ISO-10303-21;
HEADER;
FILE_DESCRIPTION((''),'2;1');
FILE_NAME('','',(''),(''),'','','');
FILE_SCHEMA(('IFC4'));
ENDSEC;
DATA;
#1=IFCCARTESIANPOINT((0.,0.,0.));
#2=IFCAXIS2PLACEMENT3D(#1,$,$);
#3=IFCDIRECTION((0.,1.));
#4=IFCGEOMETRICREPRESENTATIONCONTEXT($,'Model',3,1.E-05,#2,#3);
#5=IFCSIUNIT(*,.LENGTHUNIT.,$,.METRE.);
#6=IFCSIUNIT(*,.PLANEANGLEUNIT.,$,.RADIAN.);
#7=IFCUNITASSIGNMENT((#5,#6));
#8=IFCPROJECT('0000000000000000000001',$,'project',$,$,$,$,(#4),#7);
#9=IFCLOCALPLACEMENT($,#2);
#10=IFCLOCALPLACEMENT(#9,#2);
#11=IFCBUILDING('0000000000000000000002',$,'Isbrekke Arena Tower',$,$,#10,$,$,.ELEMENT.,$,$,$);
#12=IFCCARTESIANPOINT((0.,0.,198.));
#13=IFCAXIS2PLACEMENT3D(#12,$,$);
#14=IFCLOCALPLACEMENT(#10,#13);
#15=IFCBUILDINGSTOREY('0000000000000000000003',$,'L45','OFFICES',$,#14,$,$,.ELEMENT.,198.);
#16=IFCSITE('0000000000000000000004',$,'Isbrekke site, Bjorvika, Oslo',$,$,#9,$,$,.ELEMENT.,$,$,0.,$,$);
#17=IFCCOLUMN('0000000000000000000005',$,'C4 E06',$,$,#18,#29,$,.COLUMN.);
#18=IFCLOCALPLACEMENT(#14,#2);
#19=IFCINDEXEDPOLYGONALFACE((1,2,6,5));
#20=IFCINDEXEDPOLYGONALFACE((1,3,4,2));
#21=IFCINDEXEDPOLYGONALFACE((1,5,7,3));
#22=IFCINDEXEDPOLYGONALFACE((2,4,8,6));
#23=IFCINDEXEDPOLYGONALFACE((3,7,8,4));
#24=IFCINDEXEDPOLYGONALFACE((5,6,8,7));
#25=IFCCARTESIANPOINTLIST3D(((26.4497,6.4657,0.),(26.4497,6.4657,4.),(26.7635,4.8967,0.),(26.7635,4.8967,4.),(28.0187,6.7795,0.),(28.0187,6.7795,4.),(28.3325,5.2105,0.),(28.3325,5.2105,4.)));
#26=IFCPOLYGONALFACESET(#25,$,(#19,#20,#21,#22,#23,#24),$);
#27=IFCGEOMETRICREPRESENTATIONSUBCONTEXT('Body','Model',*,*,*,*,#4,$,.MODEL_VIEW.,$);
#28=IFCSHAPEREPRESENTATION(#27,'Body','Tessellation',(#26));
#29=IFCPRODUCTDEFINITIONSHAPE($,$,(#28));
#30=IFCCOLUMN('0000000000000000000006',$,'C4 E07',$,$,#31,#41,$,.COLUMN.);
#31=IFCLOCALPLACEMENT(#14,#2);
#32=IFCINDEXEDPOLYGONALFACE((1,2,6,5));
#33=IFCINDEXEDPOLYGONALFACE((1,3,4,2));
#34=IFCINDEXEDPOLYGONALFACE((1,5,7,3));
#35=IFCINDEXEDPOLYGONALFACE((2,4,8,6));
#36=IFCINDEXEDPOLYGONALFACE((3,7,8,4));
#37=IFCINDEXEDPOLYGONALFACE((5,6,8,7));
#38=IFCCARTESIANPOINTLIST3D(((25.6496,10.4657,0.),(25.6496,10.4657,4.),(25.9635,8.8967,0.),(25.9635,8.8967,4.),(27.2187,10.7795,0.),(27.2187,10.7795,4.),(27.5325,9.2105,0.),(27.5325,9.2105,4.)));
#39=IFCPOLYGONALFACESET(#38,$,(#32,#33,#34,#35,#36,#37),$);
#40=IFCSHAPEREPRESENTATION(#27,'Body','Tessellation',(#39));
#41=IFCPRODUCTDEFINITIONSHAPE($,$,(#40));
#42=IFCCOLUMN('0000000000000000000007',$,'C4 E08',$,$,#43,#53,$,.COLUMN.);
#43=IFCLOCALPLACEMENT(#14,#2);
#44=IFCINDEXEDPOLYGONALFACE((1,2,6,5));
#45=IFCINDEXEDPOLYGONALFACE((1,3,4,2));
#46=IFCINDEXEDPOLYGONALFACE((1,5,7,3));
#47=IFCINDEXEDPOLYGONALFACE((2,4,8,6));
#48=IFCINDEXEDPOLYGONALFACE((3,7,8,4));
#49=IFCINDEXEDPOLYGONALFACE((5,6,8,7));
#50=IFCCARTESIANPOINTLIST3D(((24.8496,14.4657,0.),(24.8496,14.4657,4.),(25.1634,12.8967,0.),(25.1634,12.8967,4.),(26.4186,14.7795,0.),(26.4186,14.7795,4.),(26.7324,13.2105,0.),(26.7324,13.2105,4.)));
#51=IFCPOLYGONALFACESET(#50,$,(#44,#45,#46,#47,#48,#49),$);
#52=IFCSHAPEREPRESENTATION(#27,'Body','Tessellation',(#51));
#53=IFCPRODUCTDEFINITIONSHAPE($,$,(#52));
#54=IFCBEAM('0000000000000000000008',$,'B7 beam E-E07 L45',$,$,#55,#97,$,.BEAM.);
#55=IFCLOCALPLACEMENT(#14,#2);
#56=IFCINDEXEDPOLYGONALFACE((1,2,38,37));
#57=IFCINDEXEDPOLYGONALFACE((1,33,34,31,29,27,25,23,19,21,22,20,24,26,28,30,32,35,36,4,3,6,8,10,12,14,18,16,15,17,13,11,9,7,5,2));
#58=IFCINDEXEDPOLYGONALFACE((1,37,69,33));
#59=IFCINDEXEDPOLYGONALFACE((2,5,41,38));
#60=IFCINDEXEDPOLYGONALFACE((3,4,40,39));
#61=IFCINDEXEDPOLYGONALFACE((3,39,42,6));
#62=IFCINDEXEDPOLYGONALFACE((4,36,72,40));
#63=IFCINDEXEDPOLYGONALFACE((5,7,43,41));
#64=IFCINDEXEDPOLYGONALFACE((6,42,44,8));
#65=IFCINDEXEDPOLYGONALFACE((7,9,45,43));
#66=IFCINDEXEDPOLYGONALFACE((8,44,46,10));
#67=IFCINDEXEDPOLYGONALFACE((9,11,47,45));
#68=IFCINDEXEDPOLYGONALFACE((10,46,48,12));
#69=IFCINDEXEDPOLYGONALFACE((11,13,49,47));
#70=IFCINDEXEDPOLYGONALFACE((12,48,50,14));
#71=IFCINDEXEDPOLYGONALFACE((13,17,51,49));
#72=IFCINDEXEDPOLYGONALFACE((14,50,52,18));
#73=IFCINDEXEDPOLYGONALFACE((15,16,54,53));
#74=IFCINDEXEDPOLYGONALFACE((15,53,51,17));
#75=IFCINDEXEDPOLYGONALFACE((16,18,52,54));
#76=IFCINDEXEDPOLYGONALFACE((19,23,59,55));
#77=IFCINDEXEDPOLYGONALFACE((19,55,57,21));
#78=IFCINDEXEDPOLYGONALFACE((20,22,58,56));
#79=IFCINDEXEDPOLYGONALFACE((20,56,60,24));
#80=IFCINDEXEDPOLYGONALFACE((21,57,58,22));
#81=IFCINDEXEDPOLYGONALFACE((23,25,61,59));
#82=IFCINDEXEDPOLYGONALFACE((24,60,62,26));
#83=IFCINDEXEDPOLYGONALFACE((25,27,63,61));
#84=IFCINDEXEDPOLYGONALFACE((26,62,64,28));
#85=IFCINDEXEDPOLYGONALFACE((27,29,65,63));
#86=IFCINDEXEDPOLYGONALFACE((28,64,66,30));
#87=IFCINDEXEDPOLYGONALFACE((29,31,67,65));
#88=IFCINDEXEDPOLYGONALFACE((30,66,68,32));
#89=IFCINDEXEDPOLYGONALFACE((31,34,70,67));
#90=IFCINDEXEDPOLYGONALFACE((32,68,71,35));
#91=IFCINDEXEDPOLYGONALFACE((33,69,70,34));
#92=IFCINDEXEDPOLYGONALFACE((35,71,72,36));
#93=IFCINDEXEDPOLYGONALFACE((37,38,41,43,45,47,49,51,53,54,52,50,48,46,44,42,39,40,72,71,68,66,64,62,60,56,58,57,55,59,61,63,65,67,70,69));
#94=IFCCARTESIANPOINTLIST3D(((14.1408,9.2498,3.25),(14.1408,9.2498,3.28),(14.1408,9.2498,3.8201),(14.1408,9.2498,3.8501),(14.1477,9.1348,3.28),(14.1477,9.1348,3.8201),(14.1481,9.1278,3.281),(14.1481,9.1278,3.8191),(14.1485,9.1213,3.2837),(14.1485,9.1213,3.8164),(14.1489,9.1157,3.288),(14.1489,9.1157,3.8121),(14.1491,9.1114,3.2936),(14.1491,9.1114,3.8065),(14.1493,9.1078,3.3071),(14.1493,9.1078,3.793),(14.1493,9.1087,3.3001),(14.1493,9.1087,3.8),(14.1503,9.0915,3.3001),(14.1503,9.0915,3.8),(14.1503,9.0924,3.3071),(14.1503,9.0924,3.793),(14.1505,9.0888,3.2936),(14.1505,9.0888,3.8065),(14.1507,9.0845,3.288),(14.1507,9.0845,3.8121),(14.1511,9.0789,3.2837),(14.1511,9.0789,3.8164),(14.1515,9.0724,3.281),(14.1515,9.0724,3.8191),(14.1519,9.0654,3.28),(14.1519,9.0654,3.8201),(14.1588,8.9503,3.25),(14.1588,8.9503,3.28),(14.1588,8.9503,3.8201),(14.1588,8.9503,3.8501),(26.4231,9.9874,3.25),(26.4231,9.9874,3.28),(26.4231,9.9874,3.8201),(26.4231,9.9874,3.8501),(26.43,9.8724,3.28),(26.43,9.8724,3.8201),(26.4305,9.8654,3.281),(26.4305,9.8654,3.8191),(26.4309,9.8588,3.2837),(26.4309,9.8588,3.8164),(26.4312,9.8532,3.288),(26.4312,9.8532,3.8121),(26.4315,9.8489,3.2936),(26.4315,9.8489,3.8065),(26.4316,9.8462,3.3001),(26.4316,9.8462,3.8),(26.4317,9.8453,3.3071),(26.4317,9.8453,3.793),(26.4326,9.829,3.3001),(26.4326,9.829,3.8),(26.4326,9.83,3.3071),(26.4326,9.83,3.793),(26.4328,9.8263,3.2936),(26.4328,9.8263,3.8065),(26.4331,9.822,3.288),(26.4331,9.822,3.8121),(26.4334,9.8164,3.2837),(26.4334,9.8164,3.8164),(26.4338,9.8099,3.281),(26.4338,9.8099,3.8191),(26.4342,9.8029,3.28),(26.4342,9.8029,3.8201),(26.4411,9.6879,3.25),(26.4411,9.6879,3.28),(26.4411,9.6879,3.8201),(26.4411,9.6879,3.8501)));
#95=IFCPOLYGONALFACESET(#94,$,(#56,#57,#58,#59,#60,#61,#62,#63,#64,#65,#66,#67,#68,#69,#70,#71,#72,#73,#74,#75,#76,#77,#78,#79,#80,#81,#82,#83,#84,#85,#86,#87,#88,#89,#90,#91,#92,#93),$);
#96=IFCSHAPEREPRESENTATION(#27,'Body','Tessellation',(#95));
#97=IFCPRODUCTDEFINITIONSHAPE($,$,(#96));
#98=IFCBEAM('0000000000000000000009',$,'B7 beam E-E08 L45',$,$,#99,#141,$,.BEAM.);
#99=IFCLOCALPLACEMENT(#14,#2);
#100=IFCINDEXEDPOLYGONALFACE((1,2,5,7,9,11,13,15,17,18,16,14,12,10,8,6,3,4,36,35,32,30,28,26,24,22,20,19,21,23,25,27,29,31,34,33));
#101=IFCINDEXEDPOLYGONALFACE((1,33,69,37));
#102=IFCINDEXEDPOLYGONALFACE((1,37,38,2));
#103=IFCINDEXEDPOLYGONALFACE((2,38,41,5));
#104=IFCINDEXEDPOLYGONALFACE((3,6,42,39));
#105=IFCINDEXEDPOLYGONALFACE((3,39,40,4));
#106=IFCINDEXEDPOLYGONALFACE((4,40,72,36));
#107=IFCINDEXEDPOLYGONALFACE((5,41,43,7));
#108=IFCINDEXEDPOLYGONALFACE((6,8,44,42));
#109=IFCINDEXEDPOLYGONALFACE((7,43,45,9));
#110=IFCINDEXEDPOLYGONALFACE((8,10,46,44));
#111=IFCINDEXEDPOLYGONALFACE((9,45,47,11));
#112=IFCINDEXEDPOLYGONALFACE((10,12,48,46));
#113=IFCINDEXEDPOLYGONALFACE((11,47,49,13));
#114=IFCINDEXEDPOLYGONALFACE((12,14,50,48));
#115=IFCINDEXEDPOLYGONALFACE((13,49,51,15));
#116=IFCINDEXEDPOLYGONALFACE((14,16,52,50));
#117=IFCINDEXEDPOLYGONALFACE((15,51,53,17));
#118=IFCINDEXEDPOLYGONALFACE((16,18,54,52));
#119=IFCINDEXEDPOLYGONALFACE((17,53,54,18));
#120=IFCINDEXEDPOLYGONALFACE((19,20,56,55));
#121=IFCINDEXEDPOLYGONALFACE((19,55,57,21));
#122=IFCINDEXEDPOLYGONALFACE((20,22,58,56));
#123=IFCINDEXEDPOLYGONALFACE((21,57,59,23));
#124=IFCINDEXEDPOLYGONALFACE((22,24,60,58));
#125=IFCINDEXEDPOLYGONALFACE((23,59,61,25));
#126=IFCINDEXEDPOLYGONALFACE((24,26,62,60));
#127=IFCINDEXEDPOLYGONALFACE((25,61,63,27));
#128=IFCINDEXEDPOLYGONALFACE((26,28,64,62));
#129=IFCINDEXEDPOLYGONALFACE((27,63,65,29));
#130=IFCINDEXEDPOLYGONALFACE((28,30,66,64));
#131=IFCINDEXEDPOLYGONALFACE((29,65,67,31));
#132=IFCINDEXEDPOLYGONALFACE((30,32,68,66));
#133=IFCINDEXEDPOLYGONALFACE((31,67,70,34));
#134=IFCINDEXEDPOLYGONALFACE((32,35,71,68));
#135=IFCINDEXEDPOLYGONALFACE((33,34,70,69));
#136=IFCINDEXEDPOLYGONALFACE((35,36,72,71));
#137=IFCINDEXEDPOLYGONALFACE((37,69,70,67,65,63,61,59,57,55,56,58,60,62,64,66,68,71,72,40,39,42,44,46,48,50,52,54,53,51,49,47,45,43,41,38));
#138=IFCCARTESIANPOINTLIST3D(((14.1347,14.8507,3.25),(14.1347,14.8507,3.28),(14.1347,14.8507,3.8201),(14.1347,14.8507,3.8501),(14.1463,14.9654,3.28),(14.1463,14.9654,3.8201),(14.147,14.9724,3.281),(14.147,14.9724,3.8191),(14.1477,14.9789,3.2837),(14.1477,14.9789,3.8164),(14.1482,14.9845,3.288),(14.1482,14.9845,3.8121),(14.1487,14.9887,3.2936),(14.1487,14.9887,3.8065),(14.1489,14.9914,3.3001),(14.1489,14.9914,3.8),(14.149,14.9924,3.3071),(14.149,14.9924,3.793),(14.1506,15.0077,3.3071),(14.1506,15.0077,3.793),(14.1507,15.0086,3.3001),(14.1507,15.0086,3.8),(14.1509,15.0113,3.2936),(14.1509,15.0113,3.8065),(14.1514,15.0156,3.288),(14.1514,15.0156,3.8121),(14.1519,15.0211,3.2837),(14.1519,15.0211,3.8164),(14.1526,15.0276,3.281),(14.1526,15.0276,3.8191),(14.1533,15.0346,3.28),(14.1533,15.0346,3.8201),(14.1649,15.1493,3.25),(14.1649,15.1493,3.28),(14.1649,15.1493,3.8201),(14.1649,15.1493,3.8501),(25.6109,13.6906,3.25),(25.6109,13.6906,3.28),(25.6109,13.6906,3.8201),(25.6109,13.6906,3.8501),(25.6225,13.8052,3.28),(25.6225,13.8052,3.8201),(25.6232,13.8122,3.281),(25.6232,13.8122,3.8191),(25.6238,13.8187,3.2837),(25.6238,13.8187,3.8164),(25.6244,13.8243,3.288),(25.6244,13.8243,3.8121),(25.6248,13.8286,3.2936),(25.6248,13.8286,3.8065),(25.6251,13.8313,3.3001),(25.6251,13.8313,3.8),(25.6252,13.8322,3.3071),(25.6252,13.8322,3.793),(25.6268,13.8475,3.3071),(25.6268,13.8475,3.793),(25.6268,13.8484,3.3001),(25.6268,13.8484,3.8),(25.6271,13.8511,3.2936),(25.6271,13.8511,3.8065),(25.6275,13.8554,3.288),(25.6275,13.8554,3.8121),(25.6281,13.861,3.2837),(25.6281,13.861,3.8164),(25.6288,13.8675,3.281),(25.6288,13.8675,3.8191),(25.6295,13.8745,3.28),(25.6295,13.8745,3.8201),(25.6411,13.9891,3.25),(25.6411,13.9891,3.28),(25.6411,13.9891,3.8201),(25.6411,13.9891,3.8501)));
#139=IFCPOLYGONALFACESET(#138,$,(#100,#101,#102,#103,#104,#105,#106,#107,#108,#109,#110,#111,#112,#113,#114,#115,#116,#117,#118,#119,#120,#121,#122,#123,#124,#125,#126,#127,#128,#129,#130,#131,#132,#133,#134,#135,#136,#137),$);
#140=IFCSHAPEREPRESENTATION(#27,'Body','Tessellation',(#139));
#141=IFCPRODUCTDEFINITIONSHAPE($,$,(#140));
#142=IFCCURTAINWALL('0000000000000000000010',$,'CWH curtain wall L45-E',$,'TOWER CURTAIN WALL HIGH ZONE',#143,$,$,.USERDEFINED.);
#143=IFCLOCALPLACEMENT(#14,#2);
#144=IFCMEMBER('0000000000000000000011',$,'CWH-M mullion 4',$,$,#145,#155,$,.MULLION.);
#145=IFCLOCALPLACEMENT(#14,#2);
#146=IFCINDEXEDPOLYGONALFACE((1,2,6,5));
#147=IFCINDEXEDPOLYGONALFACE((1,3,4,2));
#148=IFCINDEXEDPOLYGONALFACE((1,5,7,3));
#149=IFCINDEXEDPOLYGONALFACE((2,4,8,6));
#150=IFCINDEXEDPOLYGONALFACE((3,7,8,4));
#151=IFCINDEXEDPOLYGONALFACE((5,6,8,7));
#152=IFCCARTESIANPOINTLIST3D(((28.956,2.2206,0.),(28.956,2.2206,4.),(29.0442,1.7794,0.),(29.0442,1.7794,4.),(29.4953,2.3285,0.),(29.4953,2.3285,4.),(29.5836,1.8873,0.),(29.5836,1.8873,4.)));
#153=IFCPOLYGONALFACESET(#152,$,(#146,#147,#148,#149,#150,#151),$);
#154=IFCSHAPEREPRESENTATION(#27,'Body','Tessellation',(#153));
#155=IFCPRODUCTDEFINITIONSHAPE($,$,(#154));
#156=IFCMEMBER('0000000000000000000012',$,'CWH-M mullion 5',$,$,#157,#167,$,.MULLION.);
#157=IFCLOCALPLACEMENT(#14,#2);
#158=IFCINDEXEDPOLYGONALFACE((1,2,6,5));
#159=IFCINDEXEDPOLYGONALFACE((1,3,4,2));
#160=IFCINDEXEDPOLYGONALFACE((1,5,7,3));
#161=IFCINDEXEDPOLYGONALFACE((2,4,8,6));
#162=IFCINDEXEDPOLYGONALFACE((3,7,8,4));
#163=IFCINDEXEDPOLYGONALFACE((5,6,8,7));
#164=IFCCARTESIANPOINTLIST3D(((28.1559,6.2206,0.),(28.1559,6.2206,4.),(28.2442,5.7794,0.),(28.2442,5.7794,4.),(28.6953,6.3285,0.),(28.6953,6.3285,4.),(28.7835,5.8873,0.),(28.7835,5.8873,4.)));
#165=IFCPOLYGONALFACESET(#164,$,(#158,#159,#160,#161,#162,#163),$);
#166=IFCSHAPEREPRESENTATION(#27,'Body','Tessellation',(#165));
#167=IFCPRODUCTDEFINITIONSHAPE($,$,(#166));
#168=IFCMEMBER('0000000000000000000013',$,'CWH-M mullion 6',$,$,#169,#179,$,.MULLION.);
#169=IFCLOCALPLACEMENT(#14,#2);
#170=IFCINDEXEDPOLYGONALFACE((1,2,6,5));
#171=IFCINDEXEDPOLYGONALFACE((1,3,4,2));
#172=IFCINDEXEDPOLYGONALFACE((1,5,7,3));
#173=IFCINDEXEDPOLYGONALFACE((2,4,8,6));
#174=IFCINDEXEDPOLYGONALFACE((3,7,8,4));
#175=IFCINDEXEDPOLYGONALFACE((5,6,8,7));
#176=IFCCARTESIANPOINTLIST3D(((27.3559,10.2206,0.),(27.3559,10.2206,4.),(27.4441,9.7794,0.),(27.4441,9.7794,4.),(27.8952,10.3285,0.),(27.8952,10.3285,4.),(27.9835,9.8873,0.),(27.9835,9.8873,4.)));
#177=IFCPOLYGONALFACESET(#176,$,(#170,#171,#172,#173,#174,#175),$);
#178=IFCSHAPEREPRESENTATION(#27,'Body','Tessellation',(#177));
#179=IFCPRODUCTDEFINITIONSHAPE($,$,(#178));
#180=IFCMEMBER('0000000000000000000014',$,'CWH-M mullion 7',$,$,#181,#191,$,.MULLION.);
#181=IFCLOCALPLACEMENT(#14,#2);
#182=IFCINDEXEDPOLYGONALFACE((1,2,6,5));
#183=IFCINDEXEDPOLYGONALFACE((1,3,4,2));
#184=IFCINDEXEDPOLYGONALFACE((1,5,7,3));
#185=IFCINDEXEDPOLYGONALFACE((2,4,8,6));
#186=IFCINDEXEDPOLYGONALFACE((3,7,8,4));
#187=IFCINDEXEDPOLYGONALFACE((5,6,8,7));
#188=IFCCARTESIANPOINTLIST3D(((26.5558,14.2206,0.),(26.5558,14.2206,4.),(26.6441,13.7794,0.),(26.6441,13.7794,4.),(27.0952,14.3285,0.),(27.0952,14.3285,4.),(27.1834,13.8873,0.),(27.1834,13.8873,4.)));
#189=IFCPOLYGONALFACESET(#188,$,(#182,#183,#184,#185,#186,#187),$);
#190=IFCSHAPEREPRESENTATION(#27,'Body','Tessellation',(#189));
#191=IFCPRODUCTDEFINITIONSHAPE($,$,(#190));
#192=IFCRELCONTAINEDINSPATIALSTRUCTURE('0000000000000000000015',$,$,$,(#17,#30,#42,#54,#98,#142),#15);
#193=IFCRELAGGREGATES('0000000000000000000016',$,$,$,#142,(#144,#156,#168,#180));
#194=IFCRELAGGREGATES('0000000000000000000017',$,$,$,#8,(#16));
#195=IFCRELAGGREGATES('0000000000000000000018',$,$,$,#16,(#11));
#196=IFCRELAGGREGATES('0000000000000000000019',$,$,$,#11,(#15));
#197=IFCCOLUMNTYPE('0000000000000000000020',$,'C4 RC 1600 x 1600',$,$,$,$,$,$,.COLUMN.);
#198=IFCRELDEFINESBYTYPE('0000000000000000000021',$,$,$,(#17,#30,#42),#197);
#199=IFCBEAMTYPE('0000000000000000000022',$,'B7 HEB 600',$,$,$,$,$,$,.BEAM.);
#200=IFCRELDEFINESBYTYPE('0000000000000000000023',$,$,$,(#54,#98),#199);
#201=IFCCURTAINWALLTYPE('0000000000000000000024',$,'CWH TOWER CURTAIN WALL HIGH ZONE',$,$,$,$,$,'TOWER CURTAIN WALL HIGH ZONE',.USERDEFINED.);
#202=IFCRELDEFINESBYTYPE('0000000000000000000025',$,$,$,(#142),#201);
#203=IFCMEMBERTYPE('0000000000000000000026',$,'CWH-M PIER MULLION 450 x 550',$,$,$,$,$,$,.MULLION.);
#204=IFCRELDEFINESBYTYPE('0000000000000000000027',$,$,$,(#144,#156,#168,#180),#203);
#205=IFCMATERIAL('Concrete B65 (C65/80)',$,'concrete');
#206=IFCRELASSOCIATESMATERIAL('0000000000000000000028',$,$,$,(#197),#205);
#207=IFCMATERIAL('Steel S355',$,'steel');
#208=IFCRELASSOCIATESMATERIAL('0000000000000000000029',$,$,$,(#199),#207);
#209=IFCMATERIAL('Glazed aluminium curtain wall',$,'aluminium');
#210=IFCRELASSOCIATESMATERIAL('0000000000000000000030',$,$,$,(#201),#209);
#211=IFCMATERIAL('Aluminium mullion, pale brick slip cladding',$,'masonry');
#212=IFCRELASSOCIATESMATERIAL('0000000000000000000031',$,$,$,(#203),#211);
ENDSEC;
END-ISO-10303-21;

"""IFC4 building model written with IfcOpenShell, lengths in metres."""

from ifc_helpers import new_model, si_unit, direction, frame, origin, origin_2d, place, context, subcontext, project, spatial, rectangle, i_section, extrude, material, material_profile, profile_set, type_object, element, aggregate, save


model = new_model("IFC4")

# Units and contexts
model_context = context("Model", 3, precision=1e-05, world=origin(), true_north=direction((0.0, 1.0)))
body_context = subcontext(model_context, "Body", "Model", "MODEL_VIEW")
ifc_project = project(units=[si_unit("LENGTHUNIT", "METRE"), si_unit("PLANEANGLEUNIT", "RADIAN")], contexts=[model_context])

# Site, building, storey
site_placement = place(None, origin())
site = spatial("IfcSite", under=ifc_project, at=site_placement, Name="Isbrekke site, Bjorvika, Oslo", CompositionType="ELEMENT", RefElevation=0.0)
building_placement = place(site_placement, origin())
building = spatial("IfcBuilding", under=site, at=building_placement, Name="Isbrekke Arena Tower", CompositionType="ELEMENT")
storey_placement = place(building_placement, frame((0.0, 0.0, 198.0)))
storey = spatial("IfcBuildingStorey", under=building, at=storey_placement, Name="L45", Description="OFFICES", CompositionType="ELEMENT", Elevation=198.0)

# Columns
ifc_material_1 = material(Name="Concrete B65 (C65/80)", Category="concrete")
ifc_material_profile_1 = material_profile(ifc_material_1, rectangle(XDim=1.6001, YDim=1.6001, at=origin_2d()), Name="RC 1600x1600")
ifc_profile_set_1 = profile_set([ifc_material_profile_1], Name="Concrete B65 (C65/80)")
column_type = type_object("IfcColumnType", Name="C4 RC 1600 x 1600", PredefinedType="COLUMN", material=ifc_profile_set_1)
for number, where, z_axis, x_axis, name in (
    (1, (27.3911, 5.8381, 0.0), (0.0, 0.0, 1.0), (-0.196116, 0.980581, 0.0), "C4 E06"),
    (2, (26.5911, 9.8381, 0.0), (0.0, 0.0, 1.0), (-0.196116, 0.980581, 0.0), "C4 E07"),
    (3, (25.791, 13.8381, 0.0), (0.0, 0.0, 1.0), (-0.196116, 0.980581, 0.0), "C4 E08"),
):
    element("IfcColumn", number, at=place(storey_placement, frame(where, z_axis=z_axis, x_axis=x_axis)), inside=storey, type_object=column_type, Name=name, PredefinedType="COLUMN", context=body_context, shape_type="SweptSolid", body=[
        extrude(rectangle(XDim=1.6001, YDim=1.6001, at=origin_2d()), origin(), (0.0, 0.0, 1.0), 4.0),
    ])

# Beams
ifc_material_2 = material(Name="Steel S355", Category="steel")
ifc_material_profile_2 = material_profile(ifc_material_2, i_section(OverallWidth=0.3, OverallDepth=0.6001, WebThickness=0.0154, FlangeThickness=0.03, FilletRadius=0.0271, at=origin_2d()), Name="HEB 600")
ifc_profile_set_2 = profile_set([ifc_material_profile_2], Name="Steel S355")
beam_type_1 = type_object("IfcBeamType", Name="B7 HEB 600", PredefinedType="BEAM", material=ifc_profile_set_2)
beam_1_placement = place(storey_placement, frame((26.4321, 9.8376, 3.55), z_axis=(-0.998202, -0.059942, 0.0), x_axis=(0.059942, -0.998202, 0.0)))
element("IfcBeam", 4, at=beam_1_placement, inside=storey, type_object=beam_type_1, Name="B7 beam E-E07 L45", PredefinedType="BEAM", context=body_context, shape_type="SweptSolid", body=[
    extrude(i_section(OverallWidth=0.3, OverallDepth=0.6001, WebThickness=0.0154, FlangeThickness=0.03, FilletRadius=0.0271, at=origin_2d()), origin(), (0.0, 0.0, 1.0), 12.3044),
])
beam_2_placement = place(storey_placement, frame((25.626, 13.8398, 3.55), z_axis=(-0.994929, 0.100581, 0.0), x_axis=(-0.100581, -0.994929, 0.0)))
element("IfcBeam", 5, at=beam_2_placement, inside=storey, type_object=beam_type_1, Name="B7 beam E-E08 L45", PredefinedType="BEAM", context=body_context, shape_type="SweptSolid", body=[
    extrude(i_section(OverallWidth=0.3, OverallDepth=0.6001, WebThickness=0.0154, FlangeThickness=0.03, FilletRadius=0.0271, at=origin_2d()), origin(), (0.0, 0.0, 1.0), 11.5347),
])

# Curtain wall, members
ifc_material_3 = material(Name="Glazed aluminium curtain wall", Category="aluminium")
curtain_wall_type = type_object("IfcCurtainWallType", Name="CWH TOWER CURTAIN WALL HIGH ZONE", ElementType="TOWER CURTAIN WALL HIGH ZONE", PredefinedType="USERDEFINED", material=ifc_material_3)
curtain_wall_placement = place(storey_placement, origin())
curtain_wall = element("IfcCurtainWall", 6, at=curtain_wall_placement, inside=storey, type_object=curtain_wall_type, Name="CWH curtain wall L45-E", ObjectType="TOWER CURTAIN WALL HIGH ZONE", PredefinedType="USERDEFINED")
ifc_material_4 = material(Name="Aluminium mullion, pale brick slip cladding", Category="masonry")
ifc_material_profile_3 = material_profile(ifc_material_4, rectangle(XDim=0.45, YDim=0.55, at=origin_2d()), Name="PIER 450X550")
ifc_profile_set_3 = profile_set([ifc_material_profile_3], Name="Aluminium mullion, pale brick slip cladding")
member_type_1 = type_object("IfcMemberType", Name="CWH-M PIER MULLION 450 x 550", PredefinedType="MULLION", material=ifc_profile_set_3)
member_1_placement = place(storey_placement, frame((29.2698, 2.054, 0.0), z_axis=(0.0, 0.0, 1.0), x_axis=(-0.196116, 0.980581, 0.0)))
member_1 = element("IfcMember", 7, at=member_1_placement, type_object=member_type_1, Name="CWH-M mullion 4", PredefinedType="MULLION", context=body_context, shape_type="SweptSolid", body=[
    extrude(rectangle(XDim=0.45, YDim=0.55, at=origin_2d()), origin(), (0.0, 0.0, 1.0), 4.0),
])
member_2_placement = place(storey_placement, frame((28.4697, 6.054, 0.0), z_axis=(0.0, 0.0, 1.0), x_axis=(-0.196116, 0.980581, 0.0)))
member_2 = element("IfcMember", 8, at=member_2_placement, type_object=member_type_1, Name="CWH-M mullion 5", PredefinedType="MULLION", context=body_context, shape_type="SweptSolid", body=[
    extrude(rectangle(XDim=0.45, YDim=0.55, at=origin_2d()), origin(), (0.0, 0.0, 1.0), 4.0),
])
member_3_placement = place(storey_placement, frame((27.6697, 10.054, 0.0), z_axis=(0.0, 0.0, 1.0), x_axis=(-0.196116, 0.980581, 0.0)))
member_3 = element("IfcMember", 9, at=member_3_placement, type_object=member_type_1, Name="CWH-M mullion 6", PredefinedType="MULLION", context=body_context, shape_type="SweptSolid", body=[
    extrude(rectangle(XDim=0.45, YDim=0.55, at=origin_2d()), origin(), (0.0, 0.0, 1.0), 4.0),
])
member_4_placement = place(storey_placement, frame((26.8696, 14.054, 0.0), z_axis=(0.0, 0.0, 1.0), x_axis=(-0.196116, 0.980581, 0.0)))
member_4 = element("IfcMember", 10, at=member_4_placement, type_object=member_type_1, Name="CWH-M mullion 7", PredefinedType="MULLION", context=body_context, shape_type="SweptSolid", body=[
    extrude(rectangle(XDim=0.45, YDim=0.55, at=origin_2d()), origin(), (0.0, 0.0, 1.0), 4.0),
])

aggregate(curtain_wall, [member_1, member_2, member_3, member_4])

save(model, "model.ifc")
